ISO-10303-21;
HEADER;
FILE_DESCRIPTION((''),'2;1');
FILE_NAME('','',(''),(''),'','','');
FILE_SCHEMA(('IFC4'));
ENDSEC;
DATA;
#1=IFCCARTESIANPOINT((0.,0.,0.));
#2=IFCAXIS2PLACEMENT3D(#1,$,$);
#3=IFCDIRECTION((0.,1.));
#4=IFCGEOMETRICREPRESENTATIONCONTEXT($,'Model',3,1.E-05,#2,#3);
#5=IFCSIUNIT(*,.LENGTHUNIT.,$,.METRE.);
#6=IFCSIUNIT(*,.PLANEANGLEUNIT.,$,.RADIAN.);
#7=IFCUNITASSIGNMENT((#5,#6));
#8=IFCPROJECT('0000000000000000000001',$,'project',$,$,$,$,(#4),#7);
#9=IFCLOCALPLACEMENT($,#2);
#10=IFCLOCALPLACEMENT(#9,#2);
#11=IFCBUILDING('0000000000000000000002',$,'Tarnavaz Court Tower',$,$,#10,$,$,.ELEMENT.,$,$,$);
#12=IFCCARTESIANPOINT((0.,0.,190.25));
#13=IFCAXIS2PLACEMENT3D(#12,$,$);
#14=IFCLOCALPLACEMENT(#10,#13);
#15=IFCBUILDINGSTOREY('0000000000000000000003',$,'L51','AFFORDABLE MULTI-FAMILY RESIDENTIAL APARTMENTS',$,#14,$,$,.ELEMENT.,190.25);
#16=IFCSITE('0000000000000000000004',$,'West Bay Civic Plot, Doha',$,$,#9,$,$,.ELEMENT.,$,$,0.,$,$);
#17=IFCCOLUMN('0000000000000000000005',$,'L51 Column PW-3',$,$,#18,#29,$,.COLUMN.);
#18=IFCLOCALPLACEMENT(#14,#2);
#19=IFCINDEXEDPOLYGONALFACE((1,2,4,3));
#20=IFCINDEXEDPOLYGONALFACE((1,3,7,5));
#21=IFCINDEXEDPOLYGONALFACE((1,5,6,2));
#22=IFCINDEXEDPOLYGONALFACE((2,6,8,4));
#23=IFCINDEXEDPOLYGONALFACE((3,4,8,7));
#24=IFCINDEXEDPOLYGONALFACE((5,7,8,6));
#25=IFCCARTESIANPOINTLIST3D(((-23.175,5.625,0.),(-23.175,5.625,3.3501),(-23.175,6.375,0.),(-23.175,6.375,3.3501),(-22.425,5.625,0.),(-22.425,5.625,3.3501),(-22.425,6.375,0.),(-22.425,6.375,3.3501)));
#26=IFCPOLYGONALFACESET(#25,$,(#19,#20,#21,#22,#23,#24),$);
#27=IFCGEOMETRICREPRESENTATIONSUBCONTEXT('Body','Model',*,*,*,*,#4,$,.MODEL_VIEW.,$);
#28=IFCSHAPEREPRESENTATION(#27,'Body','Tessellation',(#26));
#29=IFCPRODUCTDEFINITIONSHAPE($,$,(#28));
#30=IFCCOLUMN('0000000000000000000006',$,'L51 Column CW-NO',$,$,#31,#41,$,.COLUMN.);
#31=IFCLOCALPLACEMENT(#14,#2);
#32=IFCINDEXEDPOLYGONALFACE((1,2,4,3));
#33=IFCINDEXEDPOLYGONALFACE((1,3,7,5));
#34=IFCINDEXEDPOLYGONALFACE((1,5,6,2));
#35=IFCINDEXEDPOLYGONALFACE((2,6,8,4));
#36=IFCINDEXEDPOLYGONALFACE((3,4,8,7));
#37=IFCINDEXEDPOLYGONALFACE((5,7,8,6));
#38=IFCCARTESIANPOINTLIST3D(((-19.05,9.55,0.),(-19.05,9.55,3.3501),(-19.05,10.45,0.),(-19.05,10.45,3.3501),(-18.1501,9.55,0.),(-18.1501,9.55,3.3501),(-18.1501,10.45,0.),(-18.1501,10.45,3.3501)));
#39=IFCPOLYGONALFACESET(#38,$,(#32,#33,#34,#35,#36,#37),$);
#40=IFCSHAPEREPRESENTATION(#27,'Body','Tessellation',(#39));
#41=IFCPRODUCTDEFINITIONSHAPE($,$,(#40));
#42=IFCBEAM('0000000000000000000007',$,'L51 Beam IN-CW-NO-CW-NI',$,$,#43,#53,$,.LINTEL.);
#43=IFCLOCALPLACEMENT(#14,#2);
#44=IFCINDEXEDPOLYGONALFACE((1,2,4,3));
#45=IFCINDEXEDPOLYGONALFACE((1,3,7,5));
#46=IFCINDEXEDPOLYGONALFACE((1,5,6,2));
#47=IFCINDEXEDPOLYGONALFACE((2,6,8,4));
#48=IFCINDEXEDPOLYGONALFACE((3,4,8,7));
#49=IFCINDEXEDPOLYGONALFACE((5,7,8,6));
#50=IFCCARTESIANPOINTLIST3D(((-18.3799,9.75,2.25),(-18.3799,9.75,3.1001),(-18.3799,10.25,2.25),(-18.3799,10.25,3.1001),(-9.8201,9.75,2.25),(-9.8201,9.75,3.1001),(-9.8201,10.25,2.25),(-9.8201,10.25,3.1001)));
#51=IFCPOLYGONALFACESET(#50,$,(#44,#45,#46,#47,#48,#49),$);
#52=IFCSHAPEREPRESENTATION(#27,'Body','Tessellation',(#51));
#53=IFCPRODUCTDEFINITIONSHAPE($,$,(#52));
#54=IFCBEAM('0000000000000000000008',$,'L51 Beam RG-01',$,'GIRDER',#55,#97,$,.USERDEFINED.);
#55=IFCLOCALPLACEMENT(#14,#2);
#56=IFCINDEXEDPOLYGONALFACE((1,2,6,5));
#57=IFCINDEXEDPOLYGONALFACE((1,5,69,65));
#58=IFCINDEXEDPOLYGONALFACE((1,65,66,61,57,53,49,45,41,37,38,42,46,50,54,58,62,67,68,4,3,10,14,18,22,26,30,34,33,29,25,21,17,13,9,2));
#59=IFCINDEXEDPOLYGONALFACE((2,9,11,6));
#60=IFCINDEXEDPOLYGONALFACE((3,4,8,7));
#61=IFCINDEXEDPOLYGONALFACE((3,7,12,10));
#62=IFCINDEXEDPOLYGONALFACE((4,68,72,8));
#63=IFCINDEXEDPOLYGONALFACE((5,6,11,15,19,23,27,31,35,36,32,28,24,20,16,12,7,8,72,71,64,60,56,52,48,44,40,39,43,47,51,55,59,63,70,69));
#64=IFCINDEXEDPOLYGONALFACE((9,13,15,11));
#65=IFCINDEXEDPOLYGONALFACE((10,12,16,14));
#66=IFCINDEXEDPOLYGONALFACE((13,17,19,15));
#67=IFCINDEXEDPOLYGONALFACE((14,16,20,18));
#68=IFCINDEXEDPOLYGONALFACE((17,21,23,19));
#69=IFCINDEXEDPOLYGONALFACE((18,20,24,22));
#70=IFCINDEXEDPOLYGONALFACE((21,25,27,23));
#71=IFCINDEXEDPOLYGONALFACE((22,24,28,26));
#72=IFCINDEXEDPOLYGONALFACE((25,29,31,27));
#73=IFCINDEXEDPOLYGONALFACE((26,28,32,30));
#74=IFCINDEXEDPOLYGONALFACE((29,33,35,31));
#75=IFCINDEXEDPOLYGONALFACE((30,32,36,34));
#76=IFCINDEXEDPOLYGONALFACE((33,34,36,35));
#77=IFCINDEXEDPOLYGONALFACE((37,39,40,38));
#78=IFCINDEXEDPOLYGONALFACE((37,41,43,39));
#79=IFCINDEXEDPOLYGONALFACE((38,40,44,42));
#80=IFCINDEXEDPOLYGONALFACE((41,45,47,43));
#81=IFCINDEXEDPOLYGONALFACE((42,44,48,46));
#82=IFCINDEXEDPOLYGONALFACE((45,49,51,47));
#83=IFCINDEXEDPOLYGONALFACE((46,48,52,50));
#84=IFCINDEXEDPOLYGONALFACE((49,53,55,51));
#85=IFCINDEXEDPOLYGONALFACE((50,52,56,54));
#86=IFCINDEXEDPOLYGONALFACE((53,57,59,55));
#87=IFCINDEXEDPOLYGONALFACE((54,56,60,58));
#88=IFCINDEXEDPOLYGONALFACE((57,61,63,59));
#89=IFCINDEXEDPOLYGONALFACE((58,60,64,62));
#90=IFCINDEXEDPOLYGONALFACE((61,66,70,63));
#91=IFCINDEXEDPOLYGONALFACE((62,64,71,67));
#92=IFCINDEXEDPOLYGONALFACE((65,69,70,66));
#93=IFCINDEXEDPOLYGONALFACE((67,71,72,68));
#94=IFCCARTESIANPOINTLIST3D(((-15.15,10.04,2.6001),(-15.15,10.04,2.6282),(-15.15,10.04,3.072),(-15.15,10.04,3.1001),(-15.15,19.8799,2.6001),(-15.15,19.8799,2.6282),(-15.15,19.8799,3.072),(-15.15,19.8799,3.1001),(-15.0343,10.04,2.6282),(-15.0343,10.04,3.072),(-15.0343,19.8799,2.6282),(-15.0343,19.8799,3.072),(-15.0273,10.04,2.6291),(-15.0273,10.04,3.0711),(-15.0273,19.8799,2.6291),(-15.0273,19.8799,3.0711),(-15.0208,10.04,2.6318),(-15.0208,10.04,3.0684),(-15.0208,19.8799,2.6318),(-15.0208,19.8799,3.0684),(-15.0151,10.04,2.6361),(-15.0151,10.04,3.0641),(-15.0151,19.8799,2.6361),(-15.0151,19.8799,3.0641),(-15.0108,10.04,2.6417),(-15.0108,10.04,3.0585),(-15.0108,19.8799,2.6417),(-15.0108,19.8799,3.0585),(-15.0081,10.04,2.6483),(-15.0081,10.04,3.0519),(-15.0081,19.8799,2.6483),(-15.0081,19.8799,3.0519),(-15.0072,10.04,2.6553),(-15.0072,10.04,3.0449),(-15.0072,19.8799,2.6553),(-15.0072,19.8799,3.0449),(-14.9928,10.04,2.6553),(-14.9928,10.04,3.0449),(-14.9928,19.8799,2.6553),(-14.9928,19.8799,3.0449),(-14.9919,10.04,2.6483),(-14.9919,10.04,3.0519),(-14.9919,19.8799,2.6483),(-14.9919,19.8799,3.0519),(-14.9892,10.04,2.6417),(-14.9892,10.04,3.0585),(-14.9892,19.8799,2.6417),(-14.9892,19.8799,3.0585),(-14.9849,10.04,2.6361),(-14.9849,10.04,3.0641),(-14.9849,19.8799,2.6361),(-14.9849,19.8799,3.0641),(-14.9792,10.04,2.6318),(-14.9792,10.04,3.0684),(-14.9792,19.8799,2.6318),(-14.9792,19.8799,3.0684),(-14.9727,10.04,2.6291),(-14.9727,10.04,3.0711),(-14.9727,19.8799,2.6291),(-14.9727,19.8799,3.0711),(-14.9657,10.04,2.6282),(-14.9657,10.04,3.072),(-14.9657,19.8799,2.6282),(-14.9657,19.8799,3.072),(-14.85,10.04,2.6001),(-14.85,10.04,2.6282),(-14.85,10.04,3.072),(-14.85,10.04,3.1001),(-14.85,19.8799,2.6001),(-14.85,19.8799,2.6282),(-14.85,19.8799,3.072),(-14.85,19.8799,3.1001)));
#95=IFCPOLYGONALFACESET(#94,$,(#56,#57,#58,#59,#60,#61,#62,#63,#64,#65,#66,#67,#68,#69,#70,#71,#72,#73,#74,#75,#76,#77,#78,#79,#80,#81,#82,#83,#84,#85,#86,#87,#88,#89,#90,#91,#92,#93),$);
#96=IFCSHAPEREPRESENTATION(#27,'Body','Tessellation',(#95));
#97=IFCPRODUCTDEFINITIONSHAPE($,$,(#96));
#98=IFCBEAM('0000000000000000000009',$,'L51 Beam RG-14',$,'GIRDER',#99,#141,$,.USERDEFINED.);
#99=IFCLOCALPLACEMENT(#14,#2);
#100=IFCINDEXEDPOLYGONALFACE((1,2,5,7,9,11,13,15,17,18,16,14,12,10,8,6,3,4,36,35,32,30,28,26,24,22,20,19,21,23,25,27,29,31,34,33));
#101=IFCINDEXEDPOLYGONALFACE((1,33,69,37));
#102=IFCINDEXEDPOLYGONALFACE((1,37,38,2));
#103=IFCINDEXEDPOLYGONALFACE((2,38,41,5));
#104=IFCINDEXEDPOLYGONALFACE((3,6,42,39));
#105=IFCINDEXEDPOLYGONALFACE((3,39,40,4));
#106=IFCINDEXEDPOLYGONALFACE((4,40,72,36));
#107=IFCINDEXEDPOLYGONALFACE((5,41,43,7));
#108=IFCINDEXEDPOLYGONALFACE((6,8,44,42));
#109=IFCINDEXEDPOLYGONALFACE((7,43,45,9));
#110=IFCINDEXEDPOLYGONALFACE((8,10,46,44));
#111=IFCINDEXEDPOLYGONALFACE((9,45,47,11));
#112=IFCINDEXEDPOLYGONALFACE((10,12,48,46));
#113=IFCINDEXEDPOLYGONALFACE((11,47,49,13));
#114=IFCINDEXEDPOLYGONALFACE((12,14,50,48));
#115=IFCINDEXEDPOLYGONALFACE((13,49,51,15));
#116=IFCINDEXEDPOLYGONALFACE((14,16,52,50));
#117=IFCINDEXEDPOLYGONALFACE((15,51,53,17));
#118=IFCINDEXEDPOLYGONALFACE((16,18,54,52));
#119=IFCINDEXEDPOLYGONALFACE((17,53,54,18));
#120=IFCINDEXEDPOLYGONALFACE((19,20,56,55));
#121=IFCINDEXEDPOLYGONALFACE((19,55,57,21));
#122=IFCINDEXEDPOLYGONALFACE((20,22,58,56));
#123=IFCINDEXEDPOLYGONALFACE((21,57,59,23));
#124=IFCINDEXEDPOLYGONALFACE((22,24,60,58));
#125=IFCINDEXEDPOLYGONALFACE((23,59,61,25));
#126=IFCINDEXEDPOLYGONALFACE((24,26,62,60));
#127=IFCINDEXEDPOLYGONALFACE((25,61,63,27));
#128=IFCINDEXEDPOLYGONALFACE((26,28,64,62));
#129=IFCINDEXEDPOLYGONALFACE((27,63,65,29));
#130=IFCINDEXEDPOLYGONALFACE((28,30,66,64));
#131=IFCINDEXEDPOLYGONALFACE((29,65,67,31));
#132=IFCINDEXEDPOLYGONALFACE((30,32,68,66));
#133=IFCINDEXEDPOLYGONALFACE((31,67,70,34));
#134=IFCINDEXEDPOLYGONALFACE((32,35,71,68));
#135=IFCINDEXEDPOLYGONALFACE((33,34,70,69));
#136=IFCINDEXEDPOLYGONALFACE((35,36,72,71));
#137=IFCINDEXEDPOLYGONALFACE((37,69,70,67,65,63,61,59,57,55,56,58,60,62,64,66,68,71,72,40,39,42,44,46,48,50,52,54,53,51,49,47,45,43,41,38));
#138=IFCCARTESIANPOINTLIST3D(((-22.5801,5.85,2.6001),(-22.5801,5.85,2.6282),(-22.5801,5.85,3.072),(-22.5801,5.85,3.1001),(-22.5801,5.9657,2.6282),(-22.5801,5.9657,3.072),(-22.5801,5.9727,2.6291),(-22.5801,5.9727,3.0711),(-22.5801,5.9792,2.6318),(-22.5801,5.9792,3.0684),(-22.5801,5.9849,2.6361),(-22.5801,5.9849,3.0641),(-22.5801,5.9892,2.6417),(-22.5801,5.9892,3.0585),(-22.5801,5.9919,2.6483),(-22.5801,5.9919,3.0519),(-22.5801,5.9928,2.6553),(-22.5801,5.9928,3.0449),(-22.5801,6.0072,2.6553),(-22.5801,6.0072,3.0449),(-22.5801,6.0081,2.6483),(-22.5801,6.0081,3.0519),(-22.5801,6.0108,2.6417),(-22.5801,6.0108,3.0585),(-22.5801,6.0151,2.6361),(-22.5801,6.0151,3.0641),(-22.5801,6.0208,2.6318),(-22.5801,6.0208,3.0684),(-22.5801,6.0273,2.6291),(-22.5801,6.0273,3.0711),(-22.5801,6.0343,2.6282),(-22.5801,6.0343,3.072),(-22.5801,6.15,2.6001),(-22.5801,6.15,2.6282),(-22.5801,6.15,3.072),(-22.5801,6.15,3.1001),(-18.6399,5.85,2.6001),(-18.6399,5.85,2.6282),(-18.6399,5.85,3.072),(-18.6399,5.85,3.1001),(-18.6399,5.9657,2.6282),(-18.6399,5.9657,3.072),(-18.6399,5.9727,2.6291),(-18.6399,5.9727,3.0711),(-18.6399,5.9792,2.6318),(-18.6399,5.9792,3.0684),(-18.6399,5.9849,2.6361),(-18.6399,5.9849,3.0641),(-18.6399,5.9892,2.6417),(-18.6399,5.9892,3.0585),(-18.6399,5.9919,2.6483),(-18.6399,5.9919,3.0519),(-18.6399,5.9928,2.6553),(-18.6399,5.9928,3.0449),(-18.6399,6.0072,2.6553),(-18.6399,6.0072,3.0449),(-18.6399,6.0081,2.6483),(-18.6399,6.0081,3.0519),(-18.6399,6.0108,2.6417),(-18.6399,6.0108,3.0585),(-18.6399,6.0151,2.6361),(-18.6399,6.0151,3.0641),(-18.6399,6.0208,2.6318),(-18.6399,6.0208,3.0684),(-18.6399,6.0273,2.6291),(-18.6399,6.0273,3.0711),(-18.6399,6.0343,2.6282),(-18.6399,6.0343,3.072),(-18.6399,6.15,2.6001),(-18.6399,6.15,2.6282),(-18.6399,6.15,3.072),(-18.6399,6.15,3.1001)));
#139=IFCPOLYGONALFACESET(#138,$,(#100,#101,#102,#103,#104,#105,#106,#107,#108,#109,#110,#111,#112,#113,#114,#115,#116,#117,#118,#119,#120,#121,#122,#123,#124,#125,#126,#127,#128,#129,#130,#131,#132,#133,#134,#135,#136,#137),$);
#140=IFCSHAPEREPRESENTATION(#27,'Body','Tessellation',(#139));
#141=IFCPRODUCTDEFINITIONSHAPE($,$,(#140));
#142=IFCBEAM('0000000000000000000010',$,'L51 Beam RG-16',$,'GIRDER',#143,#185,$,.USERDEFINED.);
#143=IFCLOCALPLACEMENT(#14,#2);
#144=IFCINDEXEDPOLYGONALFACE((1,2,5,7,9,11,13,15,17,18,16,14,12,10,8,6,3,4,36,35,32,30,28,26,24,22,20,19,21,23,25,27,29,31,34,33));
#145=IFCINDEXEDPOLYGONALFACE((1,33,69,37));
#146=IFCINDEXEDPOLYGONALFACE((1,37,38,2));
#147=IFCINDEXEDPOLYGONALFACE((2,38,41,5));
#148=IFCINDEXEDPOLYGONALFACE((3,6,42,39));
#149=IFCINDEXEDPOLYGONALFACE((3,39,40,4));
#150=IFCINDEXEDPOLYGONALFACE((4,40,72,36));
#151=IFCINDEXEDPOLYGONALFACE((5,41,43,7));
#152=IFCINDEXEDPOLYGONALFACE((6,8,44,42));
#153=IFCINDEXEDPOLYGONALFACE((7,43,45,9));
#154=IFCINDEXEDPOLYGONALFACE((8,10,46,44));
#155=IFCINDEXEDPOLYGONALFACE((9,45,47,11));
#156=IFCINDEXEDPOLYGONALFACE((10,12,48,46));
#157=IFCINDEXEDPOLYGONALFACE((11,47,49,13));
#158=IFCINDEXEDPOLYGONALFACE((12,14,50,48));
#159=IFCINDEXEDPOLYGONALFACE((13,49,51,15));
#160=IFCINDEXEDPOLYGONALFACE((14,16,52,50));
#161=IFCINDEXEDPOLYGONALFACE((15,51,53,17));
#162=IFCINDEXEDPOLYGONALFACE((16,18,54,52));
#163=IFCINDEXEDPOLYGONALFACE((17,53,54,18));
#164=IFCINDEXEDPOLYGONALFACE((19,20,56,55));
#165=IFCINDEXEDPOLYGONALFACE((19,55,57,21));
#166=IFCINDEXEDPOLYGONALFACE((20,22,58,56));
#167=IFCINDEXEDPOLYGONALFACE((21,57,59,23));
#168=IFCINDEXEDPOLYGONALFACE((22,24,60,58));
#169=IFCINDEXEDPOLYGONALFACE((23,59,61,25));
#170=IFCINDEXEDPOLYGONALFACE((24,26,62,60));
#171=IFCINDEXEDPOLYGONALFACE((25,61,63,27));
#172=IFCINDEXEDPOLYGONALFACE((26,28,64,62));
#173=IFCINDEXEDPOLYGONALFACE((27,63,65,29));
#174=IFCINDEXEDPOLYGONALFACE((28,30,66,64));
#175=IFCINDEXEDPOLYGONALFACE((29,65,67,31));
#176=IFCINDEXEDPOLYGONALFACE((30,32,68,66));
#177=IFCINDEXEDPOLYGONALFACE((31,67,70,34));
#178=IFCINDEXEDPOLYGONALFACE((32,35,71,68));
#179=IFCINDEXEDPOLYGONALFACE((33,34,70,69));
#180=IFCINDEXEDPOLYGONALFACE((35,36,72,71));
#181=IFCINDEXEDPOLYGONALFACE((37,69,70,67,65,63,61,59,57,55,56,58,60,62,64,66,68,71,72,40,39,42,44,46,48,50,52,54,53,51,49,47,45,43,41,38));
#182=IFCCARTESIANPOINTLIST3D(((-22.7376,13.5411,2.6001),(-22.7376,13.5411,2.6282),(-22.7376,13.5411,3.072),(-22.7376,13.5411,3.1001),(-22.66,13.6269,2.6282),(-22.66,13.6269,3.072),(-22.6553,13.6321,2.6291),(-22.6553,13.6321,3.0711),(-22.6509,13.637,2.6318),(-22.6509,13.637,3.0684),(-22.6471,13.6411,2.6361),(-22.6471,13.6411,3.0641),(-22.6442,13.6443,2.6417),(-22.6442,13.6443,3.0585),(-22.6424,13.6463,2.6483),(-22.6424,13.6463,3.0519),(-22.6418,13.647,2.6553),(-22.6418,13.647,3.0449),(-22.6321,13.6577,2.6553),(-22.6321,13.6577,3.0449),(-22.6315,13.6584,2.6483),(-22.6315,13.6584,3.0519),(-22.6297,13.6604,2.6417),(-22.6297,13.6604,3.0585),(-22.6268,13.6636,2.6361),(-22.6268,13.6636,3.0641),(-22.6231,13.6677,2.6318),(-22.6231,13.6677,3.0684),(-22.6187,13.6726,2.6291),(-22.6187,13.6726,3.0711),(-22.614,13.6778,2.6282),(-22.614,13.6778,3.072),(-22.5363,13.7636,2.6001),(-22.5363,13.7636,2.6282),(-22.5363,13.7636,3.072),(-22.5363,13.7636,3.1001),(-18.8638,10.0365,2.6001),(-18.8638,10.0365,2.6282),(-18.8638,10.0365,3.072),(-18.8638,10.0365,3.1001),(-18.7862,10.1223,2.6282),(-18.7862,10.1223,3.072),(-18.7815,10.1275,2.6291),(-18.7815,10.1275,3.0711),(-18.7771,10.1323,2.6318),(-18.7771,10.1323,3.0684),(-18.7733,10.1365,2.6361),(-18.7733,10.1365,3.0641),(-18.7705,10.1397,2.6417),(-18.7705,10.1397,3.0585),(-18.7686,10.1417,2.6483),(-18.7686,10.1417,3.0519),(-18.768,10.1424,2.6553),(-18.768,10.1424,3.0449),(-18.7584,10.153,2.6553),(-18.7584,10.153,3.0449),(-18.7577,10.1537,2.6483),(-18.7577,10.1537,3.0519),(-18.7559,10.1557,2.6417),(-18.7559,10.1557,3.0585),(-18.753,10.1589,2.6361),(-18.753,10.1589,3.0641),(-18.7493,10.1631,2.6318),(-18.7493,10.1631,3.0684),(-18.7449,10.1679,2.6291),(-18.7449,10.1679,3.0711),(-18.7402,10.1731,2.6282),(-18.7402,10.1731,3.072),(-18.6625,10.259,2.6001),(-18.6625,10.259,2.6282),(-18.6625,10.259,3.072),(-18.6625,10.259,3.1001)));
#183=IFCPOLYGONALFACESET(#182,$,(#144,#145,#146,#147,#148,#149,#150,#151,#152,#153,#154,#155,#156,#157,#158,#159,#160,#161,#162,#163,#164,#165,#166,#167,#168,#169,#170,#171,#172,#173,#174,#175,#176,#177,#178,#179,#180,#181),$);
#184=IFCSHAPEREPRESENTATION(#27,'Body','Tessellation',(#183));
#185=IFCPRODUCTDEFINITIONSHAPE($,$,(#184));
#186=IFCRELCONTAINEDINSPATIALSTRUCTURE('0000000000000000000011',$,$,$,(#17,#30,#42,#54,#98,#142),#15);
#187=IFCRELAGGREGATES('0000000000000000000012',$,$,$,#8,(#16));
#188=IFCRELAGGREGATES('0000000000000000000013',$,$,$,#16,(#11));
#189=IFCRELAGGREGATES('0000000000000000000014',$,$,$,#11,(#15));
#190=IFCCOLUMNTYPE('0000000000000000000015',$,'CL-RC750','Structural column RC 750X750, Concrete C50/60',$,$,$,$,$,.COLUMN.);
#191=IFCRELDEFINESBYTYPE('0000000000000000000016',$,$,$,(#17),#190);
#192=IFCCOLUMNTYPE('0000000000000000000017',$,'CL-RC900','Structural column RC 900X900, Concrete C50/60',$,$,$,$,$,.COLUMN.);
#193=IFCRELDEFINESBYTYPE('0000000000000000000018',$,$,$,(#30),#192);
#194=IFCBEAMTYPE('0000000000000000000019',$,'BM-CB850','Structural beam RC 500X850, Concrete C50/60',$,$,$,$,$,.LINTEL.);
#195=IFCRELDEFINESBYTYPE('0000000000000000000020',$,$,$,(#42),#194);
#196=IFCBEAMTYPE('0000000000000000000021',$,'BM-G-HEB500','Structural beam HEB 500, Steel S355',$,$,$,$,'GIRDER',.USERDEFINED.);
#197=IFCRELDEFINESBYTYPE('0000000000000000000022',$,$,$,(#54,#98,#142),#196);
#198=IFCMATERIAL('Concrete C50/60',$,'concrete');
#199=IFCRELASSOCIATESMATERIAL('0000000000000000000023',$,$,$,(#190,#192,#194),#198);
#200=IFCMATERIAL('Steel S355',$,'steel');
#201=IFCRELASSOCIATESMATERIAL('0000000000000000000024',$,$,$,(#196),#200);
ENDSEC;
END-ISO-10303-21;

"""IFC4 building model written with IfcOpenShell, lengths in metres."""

from ifc_helpers import new_model, si_unit, direction, frame, origin, origin_2d, place, context, subcontext, project, spatial, rectangle, i_section, extrude, material, material_profile, profile_set, type_object, element, save


model = new_model("IFC4")

# Units and contexts
model_context = context("Model", 3, precision=1e-05, world=origin(), true_north=direction((0.0, 1.0)))
body_context = subcontext(model_context, "Body", "Model", "MODEL_VIEW")
ifc_project = project(units=[si_unit("LENGTHUNIT", "METRE"), si_unit("PLANEANGLEUNIT", "RADIAN")], contexts=[model_context])

# Site, building, storey
site_placement = place(None, origin())
site = spatial("IfcSite", under=ifc_project, at=site_placement, Name="West Bay Civic Plot, Doha", CompositionType="ELEMENT", RefElevation=0.0)
building_placement = place(site_placement, origin())
building = spatial("IfcBuilding", under=site, at=building_placement, Name="Tarnavaz Court Tower", CompositionType="ELEMENT")
storey_placement = place(building_placement, frame((0.0, 0.0, 190.25)))
storey = spatial("IfcBuildingStorey", under=building, at=storey_placement, Name="L51", Description="AFFORDABLE MULTI-FAMILY RESIDENTIAL APARTMENTS", CompositionType="ELEMENT", Elevation=190.25)

# Columns
ifc_material_1 = material(Name="Concrete C50/60", Category="concrete")
ifc_material_profile_1 = material_profile(ifc_material_1, rectangle(XDim=0.75, YDim=0.75, at=origin_2d()), Name="RC 750X750")
ifc_profile_set_1 = profile_set([ifc_material_profile_1], Name="Concrete C50/60")
column_type_1 = type_object("IfcColumnType", Name="CL-RC750", Description="Structural column RC 750X750, Concrete C50/60", PredefinedType="COLUMN", material=ifc_profile_set_1)
column_1_placement = place(storey_placement, frame((-22.8, 6.0, 0.0), z_axis=(0.0, 0.0, 1.0), x_axis=(1.0, 0.0, 0.0)))
element("IfcColumn", 1, at=column_1_placement, inside=storey, type_object=column_type_1, Name="L51 Column PW-3", PredefinedType="COLUMN", context=body_context, shape_type="SweptSolid", body=[
    extrude(rectangle(XDim=0.75, YDim=0.75, at=origin_2d()), origin(), (0.0, 0.0, 1.0), 3.3501),
])
ifc_material_profile_2 = material_profile(ifc_material_1, rectangle(XDim=0.8999, YDim=0.8999, at=origin_2d()), Name="RC 900X900")
ifc_profile_set_2 = profile_set([ifc_material_profile_2], Name="Concrete C50/60")
column_type_2 = type_object("IfcColumnType", Name="CL-RC900", Description="Structural column RC 900X900, Concrete C50/60", PredefinedType="COLUMN", material=ifc_profile_set_2)
column_2_placement = place(storey_placement, frame((-18.6001, 10.0, 0.0), z_axis=(0.0, 0.0, 1.0), x_axis=(1.0, 0.0, 0.0)))
element("IfcColumn", 2, at=column_2_placement, inside=storey, type_object=column_type_2, Name="L51 Column CW-NO", PredefinedType="COLUMN", context=body_context, shape_type="SweptSolid", body=[
    extrude(rectangle(XDim=0.8999, YDim=0.8999, at=origin_2d()), origin(), (0.0, 0.0, 1.0), 3.3501),
])

# Beams
ifc_material_profile_3 = material_profile(ifc_material_1, rectangle(XDim=0.5, YDim=0.8501, at=origin_2d()), Name="RC 500X850")
ifc_profile_set_3 = profile_set([ifc_material_profile_3], Name="Concrete C50/60")
beam_type_1 = type_object("IfcBeamType", Name="BM-CB850", Description="Structural beam RC 500X850, Concrete C50/60", PredefinedType="LINTEL", material=ifc_profile_set_3)
beam_1_placement = place(storey_placement, frame((-18.3799, 10.0, 2.675), z_axis=(1.0, 0.0, 0.0), x_axis=(0.0, 1.0, 0.0)))
element("IfcBeam", 3, at=beam_1_placement, inside=storey, type_object=beam_type_1, Name="L51 Beam IN-CW-NO-CW-NI", PredefinedType="LINTEL", context=body_context, shape_type="SweptSolid", body=[
    extrude(rectangle(XDim=0.5, YDim=0.8501, at=origin_2d()), origin(), (0.0, 0.0, 1.0), 8.5598),
])
ifc_material_2 = material(Name="Steel S355", Category="steel")
ifc_material_profile_4 = material_profile(ifc_material_2, i_section(OverallWidth=0.3, OverallDepth=0.5, WebThickness=0.0144, FlangeThickness=0.0281, FilletRadius=0.0271, at=origin_2d()), Name="HEB 500")
ifc_profile_set_4 = profile_set([ifc_material_profile_4], Name="Steel S355")
beam_type_2 = type_object("IfcBeamType", Name="BM-G-HEB500", Description="Structural beam HEB 500, Steel S355", ElementType="GIRDER", PredefinedType="USERDEFINED", material=ifc_profile_set_4)
beam_2_placement = place(storey_placement, frame((-15.0, 10.04, 2.8501), z_axis=(0.0, 1.0, 0.0), x_axis=(-1.0, 0.0, 0.0)))
element("IfcBeam", 4, at=beam_2_placement, inside=storey, type_object=beam_type_2, Name="L51 Beam RG-01", ObjectType="GIRDER", PredefinedType="USERDEFINED", context=body_context, shape_type="SweptSolid", body=[
    extrude(i_section(OverallWidth=0.3, OverallDepth=0.5, WebThickness=0.0144, FlangeThickness=0.0281, FilletRadius=0.0271, at=origin_2d()), origin(), (0.0, 0.0, 1.0), 9.8398),
])
beam_3_placement = place(storey_placement, frame((-18.6399, 6.0, 2.8501), z_axis=(-1.0, 0.0, 0.0), x_axis=(0.0, -1.0, 0.0)))
element("IfcBeam", 5, at=beam_3_placement, inside=storey, type_object=beam_type_2, Name="L51 Beam RG-14", ObjectType="GIRDER", PredefinedType="USERDEFINED", context=body_context, shape_type="SweptSolid", body=[
    extrude(i_section(OverallWidth=0.3, OverallDepth=0.5, WebThickness=0.0144, FlangeThickness=0.0281, FilletRadius=0.0271, at=origin_2d()), origin(), (0.0, 0.0, 1.0), 3.9402),
])
beam_4_placement = place(storey_placement, frame((-18.7632, 10.1477, 2.8501), z_axis=(-0.741556, 0.670891, 0.0), x_axis=(-0.670891, -0.741556, 0.0)))
element("IfcBeam", 6, at=beam_4_placement, inside=storey, type_object=beam_type_2, Name="L51 Beam RG-16", ObjectType="GIRDER", PredefinedType="USERDEFINED", context=body_context, shape_type="SweptSolid", body=[
    extrude(i_section(OverallWidth=0.3, OverallDepth=0.5, WebThickness=0.0144, FlangeThickness=0.0281, FilletRadius=0.0271, at=origin_2d()), origin(), (0.0, 0.0, 1.0), 5.2239),
])

save(model, "model.ifc")
